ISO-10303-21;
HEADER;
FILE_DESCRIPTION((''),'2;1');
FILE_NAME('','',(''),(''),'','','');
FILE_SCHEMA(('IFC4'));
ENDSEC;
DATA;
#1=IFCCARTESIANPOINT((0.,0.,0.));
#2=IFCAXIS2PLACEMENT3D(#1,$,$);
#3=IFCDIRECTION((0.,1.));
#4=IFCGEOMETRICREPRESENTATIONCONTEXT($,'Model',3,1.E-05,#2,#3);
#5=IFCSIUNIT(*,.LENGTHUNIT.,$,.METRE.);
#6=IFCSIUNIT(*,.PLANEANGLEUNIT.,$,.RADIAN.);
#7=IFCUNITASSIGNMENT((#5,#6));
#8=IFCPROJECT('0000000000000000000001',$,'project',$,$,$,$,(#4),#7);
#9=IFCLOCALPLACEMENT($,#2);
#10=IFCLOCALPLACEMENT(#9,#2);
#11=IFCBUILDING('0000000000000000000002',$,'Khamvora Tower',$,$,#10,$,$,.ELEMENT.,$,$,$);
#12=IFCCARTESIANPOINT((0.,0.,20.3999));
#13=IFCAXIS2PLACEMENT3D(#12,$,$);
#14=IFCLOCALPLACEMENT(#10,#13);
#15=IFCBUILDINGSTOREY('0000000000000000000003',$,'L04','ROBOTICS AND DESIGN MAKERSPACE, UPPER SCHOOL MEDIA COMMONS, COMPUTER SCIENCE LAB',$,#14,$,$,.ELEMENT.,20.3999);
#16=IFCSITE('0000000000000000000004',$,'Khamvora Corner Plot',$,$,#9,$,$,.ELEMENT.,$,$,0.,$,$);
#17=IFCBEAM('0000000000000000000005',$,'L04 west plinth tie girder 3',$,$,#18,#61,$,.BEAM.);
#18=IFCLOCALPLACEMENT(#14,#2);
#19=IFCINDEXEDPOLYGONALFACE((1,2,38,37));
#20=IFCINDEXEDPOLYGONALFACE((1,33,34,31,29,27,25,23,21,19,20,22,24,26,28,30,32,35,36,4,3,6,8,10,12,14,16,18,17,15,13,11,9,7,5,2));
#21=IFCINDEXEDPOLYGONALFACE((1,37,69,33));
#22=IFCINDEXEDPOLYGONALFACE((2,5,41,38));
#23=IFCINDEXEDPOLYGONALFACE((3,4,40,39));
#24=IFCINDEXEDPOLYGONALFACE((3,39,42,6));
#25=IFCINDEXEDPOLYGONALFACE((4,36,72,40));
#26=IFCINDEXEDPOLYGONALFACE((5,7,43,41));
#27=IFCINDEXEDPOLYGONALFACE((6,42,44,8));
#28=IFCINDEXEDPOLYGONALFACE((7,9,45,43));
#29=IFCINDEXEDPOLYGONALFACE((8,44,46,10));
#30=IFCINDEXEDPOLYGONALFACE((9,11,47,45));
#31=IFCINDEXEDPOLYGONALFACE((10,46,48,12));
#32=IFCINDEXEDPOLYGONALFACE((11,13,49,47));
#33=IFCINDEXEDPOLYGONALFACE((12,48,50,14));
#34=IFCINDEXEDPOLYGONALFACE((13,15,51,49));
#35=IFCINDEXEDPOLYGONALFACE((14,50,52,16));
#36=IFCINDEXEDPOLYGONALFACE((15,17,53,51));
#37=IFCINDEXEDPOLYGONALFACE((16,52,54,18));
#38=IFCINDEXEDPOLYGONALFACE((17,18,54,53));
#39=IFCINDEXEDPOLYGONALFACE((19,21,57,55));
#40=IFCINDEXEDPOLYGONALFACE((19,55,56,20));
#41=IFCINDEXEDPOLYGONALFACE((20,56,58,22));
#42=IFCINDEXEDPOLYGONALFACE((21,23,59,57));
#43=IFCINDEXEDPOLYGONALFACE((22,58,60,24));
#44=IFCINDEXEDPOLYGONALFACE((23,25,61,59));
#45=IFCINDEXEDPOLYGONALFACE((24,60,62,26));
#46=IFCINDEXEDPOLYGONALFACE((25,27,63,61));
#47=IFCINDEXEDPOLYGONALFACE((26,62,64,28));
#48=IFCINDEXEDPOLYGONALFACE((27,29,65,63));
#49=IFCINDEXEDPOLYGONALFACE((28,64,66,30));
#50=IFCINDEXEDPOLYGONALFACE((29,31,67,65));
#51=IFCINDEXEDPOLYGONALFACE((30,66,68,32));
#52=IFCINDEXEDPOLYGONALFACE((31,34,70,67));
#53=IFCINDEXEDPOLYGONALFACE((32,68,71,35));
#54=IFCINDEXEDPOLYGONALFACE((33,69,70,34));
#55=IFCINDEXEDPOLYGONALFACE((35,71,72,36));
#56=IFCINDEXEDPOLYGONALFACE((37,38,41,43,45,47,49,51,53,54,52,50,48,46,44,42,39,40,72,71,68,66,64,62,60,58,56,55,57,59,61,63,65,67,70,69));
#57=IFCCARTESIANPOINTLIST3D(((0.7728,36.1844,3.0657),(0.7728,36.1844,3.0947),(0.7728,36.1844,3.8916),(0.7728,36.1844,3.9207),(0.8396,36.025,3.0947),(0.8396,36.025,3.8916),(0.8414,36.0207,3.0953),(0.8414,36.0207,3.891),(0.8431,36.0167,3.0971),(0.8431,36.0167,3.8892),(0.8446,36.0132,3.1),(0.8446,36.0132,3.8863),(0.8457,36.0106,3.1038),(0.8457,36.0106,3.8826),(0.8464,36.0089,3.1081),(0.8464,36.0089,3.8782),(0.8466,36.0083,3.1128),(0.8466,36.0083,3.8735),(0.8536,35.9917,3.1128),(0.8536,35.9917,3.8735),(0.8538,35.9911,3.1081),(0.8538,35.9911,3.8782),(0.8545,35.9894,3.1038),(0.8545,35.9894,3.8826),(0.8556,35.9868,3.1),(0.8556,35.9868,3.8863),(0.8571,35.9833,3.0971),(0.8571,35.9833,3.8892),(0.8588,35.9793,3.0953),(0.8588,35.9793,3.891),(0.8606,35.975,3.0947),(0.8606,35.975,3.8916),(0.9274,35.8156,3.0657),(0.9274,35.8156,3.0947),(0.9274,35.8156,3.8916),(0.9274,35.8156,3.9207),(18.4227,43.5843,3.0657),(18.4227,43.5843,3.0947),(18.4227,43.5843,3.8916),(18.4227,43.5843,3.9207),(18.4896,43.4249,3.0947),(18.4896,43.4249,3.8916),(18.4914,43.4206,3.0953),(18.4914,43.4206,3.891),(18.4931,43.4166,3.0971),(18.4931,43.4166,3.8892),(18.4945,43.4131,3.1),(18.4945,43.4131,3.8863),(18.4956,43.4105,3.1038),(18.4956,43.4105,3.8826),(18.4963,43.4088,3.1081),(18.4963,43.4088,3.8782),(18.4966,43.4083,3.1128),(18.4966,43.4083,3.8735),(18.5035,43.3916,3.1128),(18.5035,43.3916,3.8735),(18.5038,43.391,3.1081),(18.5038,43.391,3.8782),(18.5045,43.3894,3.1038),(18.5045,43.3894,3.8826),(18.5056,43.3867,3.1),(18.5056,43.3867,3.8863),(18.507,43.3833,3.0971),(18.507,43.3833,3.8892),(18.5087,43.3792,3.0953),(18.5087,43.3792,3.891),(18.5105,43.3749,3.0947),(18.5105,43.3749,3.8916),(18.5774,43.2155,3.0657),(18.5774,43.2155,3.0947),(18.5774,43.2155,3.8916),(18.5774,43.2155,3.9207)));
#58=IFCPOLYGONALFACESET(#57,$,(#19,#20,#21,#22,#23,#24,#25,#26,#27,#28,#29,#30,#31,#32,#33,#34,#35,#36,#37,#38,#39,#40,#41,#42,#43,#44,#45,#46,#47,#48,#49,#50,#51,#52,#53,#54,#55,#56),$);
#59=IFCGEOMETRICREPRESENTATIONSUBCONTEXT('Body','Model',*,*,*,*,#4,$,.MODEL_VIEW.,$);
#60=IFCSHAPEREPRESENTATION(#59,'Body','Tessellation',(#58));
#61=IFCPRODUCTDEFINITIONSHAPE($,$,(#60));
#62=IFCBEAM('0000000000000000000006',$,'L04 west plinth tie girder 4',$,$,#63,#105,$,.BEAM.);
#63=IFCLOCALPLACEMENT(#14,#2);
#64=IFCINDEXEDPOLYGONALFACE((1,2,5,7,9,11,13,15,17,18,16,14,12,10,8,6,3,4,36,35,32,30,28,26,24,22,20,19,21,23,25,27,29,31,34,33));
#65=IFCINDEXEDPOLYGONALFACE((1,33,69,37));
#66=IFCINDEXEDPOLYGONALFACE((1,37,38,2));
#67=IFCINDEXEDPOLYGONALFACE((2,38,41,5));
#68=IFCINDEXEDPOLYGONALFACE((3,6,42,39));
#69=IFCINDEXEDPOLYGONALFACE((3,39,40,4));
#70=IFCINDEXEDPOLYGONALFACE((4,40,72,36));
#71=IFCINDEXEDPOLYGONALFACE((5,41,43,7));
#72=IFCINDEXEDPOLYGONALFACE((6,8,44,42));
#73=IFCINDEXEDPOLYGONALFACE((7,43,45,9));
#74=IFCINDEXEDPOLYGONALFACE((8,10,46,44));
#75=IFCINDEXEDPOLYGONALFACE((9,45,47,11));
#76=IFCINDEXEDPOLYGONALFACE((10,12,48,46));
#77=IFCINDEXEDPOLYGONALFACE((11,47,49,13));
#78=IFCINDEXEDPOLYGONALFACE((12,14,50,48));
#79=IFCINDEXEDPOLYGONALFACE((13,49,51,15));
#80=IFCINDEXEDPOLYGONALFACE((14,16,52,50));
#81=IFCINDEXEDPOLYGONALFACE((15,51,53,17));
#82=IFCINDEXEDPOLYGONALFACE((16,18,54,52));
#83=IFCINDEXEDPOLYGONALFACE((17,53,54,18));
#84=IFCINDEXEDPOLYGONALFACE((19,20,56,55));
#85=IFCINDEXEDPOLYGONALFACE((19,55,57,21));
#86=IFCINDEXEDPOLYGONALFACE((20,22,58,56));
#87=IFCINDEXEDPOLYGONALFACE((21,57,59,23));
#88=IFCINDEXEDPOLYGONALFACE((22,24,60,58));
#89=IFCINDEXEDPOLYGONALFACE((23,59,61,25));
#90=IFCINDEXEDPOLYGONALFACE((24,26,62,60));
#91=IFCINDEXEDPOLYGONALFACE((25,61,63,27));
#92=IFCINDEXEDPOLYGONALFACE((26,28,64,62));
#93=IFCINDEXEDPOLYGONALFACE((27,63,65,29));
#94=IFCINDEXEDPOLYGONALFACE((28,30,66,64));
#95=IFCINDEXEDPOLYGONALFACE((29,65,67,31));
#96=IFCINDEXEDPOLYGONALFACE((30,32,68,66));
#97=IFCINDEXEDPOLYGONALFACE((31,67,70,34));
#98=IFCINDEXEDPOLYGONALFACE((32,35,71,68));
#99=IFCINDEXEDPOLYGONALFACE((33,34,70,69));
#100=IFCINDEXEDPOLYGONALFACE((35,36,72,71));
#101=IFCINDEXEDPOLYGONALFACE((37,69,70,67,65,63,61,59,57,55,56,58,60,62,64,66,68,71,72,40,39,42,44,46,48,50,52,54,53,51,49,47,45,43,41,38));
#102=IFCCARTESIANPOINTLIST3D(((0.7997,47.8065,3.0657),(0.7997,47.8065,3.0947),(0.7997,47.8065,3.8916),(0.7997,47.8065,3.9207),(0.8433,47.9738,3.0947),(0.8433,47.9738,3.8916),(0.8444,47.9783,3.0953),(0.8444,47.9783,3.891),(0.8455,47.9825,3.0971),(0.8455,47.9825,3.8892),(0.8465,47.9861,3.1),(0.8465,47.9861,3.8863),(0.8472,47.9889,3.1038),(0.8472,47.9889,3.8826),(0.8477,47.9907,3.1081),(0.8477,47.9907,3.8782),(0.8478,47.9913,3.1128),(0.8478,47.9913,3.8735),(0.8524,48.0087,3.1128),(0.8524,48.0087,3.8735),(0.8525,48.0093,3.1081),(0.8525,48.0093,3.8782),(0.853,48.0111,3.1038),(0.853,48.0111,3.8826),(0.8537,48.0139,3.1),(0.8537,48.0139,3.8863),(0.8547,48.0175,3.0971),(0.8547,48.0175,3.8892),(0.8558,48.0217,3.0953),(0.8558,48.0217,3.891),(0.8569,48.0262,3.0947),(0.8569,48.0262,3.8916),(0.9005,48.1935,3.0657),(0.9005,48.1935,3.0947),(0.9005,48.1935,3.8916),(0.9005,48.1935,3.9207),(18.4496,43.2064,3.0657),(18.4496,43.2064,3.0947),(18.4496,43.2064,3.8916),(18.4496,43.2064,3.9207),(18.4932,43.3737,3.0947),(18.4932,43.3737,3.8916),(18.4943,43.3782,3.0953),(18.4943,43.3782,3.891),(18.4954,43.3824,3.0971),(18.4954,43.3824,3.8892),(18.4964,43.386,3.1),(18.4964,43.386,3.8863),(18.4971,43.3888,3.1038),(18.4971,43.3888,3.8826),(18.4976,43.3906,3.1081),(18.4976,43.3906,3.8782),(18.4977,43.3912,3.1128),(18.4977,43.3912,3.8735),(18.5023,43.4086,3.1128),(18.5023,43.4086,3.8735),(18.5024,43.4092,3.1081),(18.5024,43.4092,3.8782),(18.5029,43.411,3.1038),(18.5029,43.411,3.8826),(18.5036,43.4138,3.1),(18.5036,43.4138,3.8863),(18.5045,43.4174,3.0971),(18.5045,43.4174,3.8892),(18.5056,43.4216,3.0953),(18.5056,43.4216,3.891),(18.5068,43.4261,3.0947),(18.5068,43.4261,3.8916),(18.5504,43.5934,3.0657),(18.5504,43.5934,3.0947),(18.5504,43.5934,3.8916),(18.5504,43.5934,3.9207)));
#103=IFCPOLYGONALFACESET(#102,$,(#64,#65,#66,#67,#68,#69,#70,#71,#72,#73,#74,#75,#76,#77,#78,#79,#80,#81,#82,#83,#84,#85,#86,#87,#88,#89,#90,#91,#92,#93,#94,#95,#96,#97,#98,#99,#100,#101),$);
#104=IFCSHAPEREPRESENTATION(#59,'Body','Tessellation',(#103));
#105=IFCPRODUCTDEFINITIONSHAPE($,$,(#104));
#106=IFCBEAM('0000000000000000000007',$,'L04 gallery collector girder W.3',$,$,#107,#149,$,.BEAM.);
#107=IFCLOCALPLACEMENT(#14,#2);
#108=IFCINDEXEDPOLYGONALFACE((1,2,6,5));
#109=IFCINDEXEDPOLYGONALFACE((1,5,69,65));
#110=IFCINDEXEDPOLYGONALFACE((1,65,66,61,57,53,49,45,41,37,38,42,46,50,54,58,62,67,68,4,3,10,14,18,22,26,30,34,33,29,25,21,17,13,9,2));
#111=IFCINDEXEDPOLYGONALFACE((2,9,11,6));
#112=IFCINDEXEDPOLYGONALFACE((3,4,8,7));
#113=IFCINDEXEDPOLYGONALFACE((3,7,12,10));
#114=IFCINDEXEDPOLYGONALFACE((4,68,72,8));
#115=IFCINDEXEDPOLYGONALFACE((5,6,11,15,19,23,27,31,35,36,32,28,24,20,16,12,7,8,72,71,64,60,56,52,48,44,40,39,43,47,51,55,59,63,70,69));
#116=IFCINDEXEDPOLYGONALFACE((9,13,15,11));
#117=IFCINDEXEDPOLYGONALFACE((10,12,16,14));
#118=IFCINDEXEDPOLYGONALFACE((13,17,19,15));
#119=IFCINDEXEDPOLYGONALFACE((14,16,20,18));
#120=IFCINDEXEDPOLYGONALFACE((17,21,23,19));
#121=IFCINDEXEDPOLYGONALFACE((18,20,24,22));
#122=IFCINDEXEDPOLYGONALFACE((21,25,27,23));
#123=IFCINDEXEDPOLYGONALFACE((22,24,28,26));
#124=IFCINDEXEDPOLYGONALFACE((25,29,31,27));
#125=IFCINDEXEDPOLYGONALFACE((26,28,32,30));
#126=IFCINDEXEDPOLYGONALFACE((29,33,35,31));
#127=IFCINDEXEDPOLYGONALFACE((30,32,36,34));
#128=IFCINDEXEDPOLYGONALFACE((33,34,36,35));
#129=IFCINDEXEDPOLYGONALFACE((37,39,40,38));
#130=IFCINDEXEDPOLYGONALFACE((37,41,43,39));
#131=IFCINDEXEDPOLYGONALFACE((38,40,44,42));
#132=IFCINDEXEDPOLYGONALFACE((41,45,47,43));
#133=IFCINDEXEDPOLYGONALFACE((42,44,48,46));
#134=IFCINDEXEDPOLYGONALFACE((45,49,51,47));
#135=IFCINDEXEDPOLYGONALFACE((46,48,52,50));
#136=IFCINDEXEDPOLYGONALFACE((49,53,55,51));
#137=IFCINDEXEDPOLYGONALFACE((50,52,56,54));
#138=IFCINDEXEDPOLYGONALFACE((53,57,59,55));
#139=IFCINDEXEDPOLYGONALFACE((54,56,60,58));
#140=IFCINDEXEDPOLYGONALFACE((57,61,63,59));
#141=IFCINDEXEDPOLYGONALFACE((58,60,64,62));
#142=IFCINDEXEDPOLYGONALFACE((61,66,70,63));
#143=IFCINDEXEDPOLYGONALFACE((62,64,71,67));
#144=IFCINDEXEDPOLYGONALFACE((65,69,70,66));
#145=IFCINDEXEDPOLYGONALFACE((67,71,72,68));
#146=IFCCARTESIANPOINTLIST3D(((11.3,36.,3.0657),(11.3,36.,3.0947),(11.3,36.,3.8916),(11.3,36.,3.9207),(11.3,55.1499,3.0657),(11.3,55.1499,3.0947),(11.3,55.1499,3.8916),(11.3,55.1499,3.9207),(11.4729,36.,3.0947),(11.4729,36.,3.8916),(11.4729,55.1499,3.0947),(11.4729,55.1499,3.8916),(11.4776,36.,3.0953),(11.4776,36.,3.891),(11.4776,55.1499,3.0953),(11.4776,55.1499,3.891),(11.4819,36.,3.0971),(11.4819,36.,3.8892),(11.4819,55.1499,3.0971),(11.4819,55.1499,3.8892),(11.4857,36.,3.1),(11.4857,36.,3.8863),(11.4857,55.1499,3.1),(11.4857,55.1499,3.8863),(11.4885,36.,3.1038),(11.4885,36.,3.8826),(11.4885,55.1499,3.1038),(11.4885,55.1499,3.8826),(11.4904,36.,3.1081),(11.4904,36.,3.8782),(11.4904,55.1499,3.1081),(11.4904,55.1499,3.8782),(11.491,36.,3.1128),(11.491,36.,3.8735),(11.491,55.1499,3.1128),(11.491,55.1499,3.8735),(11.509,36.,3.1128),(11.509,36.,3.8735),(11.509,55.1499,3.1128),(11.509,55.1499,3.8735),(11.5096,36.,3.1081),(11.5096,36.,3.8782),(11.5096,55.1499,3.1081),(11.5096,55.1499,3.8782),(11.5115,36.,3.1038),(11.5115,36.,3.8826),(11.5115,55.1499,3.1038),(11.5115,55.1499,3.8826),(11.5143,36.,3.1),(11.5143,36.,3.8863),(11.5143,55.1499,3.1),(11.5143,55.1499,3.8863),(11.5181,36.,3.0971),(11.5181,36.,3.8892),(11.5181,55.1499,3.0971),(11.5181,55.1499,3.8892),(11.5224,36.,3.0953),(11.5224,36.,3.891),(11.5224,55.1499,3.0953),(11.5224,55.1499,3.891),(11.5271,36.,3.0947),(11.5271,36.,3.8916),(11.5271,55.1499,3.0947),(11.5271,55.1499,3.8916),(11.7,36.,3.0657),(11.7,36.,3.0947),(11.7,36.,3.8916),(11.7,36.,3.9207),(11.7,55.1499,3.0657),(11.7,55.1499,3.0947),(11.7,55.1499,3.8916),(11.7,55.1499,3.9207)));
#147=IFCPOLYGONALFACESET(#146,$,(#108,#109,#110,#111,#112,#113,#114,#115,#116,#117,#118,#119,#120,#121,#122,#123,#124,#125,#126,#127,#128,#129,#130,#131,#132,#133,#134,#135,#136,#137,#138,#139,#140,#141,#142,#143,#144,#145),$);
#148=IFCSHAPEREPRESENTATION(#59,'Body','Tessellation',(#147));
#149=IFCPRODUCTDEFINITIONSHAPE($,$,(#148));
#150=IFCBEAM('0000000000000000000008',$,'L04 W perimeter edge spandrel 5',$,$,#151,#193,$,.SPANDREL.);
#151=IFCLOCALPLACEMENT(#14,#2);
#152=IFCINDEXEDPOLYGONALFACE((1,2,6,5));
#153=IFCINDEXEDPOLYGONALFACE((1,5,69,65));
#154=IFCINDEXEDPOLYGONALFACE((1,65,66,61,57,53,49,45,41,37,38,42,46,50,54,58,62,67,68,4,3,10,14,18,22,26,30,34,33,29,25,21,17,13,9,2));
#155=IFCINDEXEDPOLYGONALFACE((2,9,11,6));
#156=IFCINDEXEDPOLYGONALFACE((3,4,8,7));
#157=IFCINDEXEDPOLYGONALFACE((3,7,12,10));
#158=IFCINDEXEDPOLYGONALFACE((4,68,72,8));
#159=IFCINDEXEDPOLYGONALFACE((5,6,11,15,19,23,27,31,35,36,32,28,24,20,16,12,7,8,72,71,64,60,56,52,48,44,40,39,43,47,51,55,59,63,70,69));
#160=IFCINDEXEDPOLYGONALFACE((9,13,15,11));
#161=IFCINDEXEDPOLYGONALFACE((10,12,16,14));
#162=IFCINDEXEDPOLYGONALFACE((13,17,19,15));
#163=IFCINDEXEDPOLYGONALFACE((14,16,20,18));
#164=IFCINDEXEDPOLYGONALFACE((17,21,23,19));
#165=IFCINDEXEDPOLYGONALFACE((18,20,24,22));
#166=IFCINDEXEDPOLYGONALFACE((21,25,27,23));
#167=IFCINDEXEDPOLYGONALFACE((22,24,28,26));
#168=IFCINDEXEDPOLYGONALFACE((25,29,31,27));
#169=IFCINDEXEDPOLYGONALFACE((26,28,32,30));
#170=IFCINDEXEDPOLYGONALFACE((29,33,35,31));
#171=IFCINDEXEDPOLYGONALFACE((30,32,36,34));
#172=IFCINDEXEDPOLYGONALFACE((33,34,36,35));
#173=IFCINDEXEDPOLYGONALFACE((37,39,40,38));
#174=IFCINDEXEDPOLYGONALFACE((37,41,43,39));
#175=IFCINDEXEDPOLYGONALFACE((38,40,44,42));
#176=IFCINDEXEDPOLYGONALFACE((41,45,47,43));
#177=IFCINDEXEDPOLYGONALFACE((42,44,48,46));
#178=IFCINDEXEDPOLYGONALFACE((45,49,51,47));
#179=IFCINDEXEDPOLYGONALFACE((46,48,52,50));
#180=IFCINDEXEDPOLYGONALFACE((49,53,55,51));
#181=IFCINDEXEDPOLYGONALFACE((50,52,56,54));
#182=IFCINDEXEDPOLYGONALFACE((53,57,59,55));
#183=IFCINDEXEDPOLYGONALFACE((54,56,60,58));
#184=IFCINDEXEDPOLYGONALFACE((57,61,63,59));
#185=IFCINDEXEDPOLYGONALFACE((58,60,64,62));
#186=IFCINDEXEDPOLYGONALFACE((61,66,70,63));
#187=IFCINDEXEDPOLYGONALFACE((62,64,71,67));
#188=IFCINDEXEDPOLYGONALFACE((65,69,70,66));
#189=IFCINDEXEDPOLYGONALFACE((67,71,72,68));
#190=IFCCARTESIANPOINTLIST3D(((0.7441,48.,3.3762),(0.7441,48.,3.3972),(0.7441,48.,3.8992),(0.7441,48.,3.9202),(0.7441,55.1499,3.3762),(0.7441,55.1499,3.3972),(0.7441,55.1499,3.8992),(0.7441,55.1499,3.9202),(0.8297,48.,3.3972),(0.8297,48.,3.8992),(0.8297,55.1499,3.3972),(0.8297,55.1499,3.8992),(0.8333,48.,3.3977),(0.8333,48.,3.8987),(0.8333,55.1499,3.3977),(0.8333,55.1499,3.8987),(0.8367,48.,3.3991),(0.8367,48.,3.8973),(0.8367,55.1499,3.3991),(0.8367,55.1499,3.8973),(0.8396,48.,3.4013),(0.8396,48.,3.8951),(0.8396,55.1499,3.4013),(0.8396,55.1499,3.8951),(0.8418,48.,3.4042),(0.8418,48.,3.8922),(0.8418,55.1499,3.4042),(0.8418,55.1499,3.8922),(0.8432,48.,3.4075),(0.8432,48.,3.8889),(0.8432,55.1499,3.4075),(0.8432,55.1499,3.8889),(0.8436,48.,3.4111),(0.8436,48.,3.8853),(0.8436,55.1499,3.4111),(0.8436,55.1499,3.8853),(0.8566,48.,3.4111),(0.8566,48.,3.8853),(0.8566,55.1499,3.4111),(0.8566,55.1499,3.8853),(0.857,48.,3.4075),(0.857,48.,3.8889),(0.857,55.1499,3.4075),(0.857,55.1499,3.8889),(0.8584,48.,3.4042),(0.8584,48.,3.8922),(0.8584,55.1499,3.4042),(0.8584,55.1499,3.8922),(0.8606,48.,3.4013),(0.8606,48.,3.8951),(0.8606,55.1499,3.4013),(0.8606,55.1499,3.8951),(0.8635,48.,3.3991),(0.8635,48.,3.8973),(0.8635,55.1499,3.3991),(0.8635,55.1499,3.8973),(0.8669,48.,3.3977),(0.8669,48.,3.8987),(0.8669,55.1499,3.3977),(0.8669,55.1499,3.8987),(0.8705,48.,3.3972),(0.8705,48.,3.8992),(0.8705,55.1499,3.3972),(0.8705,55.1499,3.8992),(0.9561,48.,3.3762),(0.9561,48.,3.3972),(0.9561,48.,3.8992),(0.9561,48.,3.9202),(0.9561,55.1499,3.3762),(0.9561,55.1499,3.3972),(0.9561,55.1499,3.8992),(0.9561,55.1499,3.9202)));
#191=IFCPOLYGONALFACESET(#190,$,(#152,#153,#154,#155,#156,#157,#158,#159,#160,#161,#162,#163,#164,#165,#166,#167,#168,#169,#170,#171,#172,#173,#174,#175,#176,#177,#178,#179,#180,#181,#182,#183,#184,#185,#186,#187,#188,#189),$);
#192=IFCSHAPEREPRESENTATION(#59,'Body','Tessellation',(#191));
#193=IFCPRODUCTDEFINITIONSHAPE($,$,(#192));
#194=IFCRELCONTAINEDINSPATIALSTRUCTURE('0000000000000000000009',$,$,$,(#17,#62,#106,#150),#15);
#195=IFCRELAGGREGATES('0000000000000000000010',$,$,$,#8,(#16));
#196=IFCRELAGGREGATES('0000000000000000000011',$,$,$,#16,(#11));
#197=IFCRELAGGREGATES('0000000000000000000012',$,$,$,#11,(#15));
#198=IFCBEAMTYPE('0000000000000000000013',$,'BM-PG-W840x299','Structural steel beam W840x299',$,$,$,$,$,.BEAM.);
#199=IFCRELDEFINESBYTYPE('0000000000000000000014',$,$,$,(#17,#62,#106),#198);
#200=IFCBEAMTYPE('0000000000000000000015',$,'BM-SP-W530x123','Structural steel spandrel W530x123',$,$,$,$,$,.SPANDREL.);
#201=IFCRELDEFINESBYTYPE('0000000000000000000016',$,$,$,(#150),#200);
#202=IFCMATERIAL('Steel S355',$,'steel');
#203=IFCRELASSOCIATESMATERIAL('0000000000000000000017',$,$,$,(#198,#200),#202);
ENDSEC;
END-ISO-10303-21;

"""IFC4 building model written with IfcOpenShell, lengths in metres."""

from ifc_helpers import new_model, si_unit, direction, frame, origin, origin_2d, place, context, subcontext, project, spatial, i_section, extrude, material, material_profile, profile_set, type_object, element, save


model = new_model("IFC4")

# Units and contexts
model_context = context("Model", 3, precision=1e-05, world=origin(), true_north=direction((0.0, 1.0)))
body_context = subcontext(model_context, "Body", "Model", "MODEL_VIEW")
ifc_project = project(units=[si_unit("LENGTHUNIT", "METRE"), si_unit("PLANEANGLEUNIT", "RADIAN")], contexts=[model_context])

# Site, building, storey
site_placement = place(None, origin())
site = spatial("IfcSite", under=ifc_project, at=site_placement, Name="Khamvora Corner Plot", CompositionType="ELEMENT", RefElevation=0.0)
building_placement = place(site_placement, origin())
building = spatial("IfcBuilding", under=site, at=building_placement, Name="Khamvora Tower", CompositionType="ELEMENT")
storey_placement = place(building_placement, frame((0.0, 0.0, 20.3999)))
storey = spatial("IfcBuildingStorey", under=building, at=storey_placement, Name="L04", Description="ROBOTICS AND DESIGN MAKERSPACE, UPPER SCHOOL MEDIA COMMONS, COMPUTER SCIENCE LAB", CompositionType="ELEMENT", Elevation=20.3999)

# Beams
ifc_material_1 = material(Name="Steel S355", Category="steel")
ifc_material_profile_1 = material_profile(ifc_material_1, i_section(OverallWidth=0.3999, OverallDepth=0.855, WebThickness=0.0181, FlangeThickness=0.0291, FilletRadius=0.0181, at=origin_2d()), Name="W840x299")
ifc_profile_set_1 = profile_set([ifc_material_profile_1], Name="Steel S355")
beam_type_1 = type_object("IfcBeamType", Name="BM-PG-W840x299", Description="Structural steel beam W840x299", PredefinedType="BEAM", material=ifc_profile_set_1)
beam_1_placement = place(storey_placement, frame((0.8501, 36.0, 3.4932), z_axis=(0.922225, 0.386652, 0.0), x_axis=(-0.386652, 0.922225, 0.0)))
element("IfcBeam", 1, at=beam_1_placement, inside=storey, type_object=beam_type_1, Name="L04 west plinth tie girder 3", PredefinedType="BEAM", context=body_context, shape_type="SweptSolid", body=[
    extrude(i_section(OverallWidth=0.3999, OverallDepth=0.855, WebThickness=0.0181, FlangeThickness=0.0291, FilletRadius=0.0181, at=origin_2d()), origin(), (0.0, 0.0, 1.0), 19.1384),
])
beam_2_placement = place(storey_placement, frame((0.8501, 48.0, 3.4932), z_axis=(0.967674, -0.252205, 0.0), x_axis=(0.252205, 0.967674, 0.0)))
element("IfcBeam", 2, at=beam_2_placement, inside=storey, type_object=beam_type_1, Name="L04 west plinth tie girder 4", PredefinedType="BEAM", context=body_context, shape_type="SweptSolid", body=[
    extrude(i_section(OverallWidth=0.3999, OverallDepth=0.855, WebThickness=0.0181, FlangeThickness=0.0291, FilletRadius=0.0181, at=origin_2d()), origin(), (0.0, 0.0, 1.0), 18.2395),
])
beam_3_placement = place(storey_placement, frame((11.5, 36.0, 3.4932), z_axis=(0.0, 1.0, 0.0), x_axis=(-1.0, 0.0, 0.0)))
element("IfcBeam", 3, at=beam_3_placement, inside=storey, type_object=beam_type_1, Name="L04 gallery collector girder W.3", PredefinedType="BEAM", context=body_context, shape_type="SweptSolid", body=[
    extrude(i_section(OverallWidth=0.3999, OverallDepth=0.855, WebThickness=0.0181, FlangeThickness=0.0291, FilletRadius=0.0181, at=origin_2d()), origin(), (0.0, 0.0, 1.0), 19.1499),
])
ifc_material_profile_2 = material_profile(ifc_material_1, i_section(OverallWidth=0.2119, OverallDepth=0.5439, WebThickness=0.0129, FlangeThickness=0.021, FilletRadius=0.0139, at=origin_2d()), Name="W530x123")
ifc_profile_set_2 = profile_set([ifc_material_profile_2], Name="Steel S355")
beam_type_2 = type_object("IfcBeamType", Name="BM-SP-W530x123", Description="Structural steel spandrel W530x123", PredefinedType="SPANDREL", material=ifc_profile_set_2)
beam_4_placement = place(storey_placement, frame((0.8501, 48.0, 3.6482), z_axis=(0.0, 1.0, 0.0), x_axis=(-1.0, 0.0, 0.0)))
element("IfcBeam", 4, at=beam_4_placement, inside=storey, type_object=beam_type_2, Name="L04 W perimeter edge spandrel 5", PredefinedType="SPANDREL", context=body_context, shape_type="SweptSolid", body=[
    extrude(i_section(OverallWidth=0.2119, OverallDepth=0.5439, WebThickness=0.0129, FlangeThickness=0.021, FilletRadius=0.0139, at=origin_2d()), origin(), (0.0, 0.0, 1.0), 7.1499),
])

save(model, "model.ifc")
